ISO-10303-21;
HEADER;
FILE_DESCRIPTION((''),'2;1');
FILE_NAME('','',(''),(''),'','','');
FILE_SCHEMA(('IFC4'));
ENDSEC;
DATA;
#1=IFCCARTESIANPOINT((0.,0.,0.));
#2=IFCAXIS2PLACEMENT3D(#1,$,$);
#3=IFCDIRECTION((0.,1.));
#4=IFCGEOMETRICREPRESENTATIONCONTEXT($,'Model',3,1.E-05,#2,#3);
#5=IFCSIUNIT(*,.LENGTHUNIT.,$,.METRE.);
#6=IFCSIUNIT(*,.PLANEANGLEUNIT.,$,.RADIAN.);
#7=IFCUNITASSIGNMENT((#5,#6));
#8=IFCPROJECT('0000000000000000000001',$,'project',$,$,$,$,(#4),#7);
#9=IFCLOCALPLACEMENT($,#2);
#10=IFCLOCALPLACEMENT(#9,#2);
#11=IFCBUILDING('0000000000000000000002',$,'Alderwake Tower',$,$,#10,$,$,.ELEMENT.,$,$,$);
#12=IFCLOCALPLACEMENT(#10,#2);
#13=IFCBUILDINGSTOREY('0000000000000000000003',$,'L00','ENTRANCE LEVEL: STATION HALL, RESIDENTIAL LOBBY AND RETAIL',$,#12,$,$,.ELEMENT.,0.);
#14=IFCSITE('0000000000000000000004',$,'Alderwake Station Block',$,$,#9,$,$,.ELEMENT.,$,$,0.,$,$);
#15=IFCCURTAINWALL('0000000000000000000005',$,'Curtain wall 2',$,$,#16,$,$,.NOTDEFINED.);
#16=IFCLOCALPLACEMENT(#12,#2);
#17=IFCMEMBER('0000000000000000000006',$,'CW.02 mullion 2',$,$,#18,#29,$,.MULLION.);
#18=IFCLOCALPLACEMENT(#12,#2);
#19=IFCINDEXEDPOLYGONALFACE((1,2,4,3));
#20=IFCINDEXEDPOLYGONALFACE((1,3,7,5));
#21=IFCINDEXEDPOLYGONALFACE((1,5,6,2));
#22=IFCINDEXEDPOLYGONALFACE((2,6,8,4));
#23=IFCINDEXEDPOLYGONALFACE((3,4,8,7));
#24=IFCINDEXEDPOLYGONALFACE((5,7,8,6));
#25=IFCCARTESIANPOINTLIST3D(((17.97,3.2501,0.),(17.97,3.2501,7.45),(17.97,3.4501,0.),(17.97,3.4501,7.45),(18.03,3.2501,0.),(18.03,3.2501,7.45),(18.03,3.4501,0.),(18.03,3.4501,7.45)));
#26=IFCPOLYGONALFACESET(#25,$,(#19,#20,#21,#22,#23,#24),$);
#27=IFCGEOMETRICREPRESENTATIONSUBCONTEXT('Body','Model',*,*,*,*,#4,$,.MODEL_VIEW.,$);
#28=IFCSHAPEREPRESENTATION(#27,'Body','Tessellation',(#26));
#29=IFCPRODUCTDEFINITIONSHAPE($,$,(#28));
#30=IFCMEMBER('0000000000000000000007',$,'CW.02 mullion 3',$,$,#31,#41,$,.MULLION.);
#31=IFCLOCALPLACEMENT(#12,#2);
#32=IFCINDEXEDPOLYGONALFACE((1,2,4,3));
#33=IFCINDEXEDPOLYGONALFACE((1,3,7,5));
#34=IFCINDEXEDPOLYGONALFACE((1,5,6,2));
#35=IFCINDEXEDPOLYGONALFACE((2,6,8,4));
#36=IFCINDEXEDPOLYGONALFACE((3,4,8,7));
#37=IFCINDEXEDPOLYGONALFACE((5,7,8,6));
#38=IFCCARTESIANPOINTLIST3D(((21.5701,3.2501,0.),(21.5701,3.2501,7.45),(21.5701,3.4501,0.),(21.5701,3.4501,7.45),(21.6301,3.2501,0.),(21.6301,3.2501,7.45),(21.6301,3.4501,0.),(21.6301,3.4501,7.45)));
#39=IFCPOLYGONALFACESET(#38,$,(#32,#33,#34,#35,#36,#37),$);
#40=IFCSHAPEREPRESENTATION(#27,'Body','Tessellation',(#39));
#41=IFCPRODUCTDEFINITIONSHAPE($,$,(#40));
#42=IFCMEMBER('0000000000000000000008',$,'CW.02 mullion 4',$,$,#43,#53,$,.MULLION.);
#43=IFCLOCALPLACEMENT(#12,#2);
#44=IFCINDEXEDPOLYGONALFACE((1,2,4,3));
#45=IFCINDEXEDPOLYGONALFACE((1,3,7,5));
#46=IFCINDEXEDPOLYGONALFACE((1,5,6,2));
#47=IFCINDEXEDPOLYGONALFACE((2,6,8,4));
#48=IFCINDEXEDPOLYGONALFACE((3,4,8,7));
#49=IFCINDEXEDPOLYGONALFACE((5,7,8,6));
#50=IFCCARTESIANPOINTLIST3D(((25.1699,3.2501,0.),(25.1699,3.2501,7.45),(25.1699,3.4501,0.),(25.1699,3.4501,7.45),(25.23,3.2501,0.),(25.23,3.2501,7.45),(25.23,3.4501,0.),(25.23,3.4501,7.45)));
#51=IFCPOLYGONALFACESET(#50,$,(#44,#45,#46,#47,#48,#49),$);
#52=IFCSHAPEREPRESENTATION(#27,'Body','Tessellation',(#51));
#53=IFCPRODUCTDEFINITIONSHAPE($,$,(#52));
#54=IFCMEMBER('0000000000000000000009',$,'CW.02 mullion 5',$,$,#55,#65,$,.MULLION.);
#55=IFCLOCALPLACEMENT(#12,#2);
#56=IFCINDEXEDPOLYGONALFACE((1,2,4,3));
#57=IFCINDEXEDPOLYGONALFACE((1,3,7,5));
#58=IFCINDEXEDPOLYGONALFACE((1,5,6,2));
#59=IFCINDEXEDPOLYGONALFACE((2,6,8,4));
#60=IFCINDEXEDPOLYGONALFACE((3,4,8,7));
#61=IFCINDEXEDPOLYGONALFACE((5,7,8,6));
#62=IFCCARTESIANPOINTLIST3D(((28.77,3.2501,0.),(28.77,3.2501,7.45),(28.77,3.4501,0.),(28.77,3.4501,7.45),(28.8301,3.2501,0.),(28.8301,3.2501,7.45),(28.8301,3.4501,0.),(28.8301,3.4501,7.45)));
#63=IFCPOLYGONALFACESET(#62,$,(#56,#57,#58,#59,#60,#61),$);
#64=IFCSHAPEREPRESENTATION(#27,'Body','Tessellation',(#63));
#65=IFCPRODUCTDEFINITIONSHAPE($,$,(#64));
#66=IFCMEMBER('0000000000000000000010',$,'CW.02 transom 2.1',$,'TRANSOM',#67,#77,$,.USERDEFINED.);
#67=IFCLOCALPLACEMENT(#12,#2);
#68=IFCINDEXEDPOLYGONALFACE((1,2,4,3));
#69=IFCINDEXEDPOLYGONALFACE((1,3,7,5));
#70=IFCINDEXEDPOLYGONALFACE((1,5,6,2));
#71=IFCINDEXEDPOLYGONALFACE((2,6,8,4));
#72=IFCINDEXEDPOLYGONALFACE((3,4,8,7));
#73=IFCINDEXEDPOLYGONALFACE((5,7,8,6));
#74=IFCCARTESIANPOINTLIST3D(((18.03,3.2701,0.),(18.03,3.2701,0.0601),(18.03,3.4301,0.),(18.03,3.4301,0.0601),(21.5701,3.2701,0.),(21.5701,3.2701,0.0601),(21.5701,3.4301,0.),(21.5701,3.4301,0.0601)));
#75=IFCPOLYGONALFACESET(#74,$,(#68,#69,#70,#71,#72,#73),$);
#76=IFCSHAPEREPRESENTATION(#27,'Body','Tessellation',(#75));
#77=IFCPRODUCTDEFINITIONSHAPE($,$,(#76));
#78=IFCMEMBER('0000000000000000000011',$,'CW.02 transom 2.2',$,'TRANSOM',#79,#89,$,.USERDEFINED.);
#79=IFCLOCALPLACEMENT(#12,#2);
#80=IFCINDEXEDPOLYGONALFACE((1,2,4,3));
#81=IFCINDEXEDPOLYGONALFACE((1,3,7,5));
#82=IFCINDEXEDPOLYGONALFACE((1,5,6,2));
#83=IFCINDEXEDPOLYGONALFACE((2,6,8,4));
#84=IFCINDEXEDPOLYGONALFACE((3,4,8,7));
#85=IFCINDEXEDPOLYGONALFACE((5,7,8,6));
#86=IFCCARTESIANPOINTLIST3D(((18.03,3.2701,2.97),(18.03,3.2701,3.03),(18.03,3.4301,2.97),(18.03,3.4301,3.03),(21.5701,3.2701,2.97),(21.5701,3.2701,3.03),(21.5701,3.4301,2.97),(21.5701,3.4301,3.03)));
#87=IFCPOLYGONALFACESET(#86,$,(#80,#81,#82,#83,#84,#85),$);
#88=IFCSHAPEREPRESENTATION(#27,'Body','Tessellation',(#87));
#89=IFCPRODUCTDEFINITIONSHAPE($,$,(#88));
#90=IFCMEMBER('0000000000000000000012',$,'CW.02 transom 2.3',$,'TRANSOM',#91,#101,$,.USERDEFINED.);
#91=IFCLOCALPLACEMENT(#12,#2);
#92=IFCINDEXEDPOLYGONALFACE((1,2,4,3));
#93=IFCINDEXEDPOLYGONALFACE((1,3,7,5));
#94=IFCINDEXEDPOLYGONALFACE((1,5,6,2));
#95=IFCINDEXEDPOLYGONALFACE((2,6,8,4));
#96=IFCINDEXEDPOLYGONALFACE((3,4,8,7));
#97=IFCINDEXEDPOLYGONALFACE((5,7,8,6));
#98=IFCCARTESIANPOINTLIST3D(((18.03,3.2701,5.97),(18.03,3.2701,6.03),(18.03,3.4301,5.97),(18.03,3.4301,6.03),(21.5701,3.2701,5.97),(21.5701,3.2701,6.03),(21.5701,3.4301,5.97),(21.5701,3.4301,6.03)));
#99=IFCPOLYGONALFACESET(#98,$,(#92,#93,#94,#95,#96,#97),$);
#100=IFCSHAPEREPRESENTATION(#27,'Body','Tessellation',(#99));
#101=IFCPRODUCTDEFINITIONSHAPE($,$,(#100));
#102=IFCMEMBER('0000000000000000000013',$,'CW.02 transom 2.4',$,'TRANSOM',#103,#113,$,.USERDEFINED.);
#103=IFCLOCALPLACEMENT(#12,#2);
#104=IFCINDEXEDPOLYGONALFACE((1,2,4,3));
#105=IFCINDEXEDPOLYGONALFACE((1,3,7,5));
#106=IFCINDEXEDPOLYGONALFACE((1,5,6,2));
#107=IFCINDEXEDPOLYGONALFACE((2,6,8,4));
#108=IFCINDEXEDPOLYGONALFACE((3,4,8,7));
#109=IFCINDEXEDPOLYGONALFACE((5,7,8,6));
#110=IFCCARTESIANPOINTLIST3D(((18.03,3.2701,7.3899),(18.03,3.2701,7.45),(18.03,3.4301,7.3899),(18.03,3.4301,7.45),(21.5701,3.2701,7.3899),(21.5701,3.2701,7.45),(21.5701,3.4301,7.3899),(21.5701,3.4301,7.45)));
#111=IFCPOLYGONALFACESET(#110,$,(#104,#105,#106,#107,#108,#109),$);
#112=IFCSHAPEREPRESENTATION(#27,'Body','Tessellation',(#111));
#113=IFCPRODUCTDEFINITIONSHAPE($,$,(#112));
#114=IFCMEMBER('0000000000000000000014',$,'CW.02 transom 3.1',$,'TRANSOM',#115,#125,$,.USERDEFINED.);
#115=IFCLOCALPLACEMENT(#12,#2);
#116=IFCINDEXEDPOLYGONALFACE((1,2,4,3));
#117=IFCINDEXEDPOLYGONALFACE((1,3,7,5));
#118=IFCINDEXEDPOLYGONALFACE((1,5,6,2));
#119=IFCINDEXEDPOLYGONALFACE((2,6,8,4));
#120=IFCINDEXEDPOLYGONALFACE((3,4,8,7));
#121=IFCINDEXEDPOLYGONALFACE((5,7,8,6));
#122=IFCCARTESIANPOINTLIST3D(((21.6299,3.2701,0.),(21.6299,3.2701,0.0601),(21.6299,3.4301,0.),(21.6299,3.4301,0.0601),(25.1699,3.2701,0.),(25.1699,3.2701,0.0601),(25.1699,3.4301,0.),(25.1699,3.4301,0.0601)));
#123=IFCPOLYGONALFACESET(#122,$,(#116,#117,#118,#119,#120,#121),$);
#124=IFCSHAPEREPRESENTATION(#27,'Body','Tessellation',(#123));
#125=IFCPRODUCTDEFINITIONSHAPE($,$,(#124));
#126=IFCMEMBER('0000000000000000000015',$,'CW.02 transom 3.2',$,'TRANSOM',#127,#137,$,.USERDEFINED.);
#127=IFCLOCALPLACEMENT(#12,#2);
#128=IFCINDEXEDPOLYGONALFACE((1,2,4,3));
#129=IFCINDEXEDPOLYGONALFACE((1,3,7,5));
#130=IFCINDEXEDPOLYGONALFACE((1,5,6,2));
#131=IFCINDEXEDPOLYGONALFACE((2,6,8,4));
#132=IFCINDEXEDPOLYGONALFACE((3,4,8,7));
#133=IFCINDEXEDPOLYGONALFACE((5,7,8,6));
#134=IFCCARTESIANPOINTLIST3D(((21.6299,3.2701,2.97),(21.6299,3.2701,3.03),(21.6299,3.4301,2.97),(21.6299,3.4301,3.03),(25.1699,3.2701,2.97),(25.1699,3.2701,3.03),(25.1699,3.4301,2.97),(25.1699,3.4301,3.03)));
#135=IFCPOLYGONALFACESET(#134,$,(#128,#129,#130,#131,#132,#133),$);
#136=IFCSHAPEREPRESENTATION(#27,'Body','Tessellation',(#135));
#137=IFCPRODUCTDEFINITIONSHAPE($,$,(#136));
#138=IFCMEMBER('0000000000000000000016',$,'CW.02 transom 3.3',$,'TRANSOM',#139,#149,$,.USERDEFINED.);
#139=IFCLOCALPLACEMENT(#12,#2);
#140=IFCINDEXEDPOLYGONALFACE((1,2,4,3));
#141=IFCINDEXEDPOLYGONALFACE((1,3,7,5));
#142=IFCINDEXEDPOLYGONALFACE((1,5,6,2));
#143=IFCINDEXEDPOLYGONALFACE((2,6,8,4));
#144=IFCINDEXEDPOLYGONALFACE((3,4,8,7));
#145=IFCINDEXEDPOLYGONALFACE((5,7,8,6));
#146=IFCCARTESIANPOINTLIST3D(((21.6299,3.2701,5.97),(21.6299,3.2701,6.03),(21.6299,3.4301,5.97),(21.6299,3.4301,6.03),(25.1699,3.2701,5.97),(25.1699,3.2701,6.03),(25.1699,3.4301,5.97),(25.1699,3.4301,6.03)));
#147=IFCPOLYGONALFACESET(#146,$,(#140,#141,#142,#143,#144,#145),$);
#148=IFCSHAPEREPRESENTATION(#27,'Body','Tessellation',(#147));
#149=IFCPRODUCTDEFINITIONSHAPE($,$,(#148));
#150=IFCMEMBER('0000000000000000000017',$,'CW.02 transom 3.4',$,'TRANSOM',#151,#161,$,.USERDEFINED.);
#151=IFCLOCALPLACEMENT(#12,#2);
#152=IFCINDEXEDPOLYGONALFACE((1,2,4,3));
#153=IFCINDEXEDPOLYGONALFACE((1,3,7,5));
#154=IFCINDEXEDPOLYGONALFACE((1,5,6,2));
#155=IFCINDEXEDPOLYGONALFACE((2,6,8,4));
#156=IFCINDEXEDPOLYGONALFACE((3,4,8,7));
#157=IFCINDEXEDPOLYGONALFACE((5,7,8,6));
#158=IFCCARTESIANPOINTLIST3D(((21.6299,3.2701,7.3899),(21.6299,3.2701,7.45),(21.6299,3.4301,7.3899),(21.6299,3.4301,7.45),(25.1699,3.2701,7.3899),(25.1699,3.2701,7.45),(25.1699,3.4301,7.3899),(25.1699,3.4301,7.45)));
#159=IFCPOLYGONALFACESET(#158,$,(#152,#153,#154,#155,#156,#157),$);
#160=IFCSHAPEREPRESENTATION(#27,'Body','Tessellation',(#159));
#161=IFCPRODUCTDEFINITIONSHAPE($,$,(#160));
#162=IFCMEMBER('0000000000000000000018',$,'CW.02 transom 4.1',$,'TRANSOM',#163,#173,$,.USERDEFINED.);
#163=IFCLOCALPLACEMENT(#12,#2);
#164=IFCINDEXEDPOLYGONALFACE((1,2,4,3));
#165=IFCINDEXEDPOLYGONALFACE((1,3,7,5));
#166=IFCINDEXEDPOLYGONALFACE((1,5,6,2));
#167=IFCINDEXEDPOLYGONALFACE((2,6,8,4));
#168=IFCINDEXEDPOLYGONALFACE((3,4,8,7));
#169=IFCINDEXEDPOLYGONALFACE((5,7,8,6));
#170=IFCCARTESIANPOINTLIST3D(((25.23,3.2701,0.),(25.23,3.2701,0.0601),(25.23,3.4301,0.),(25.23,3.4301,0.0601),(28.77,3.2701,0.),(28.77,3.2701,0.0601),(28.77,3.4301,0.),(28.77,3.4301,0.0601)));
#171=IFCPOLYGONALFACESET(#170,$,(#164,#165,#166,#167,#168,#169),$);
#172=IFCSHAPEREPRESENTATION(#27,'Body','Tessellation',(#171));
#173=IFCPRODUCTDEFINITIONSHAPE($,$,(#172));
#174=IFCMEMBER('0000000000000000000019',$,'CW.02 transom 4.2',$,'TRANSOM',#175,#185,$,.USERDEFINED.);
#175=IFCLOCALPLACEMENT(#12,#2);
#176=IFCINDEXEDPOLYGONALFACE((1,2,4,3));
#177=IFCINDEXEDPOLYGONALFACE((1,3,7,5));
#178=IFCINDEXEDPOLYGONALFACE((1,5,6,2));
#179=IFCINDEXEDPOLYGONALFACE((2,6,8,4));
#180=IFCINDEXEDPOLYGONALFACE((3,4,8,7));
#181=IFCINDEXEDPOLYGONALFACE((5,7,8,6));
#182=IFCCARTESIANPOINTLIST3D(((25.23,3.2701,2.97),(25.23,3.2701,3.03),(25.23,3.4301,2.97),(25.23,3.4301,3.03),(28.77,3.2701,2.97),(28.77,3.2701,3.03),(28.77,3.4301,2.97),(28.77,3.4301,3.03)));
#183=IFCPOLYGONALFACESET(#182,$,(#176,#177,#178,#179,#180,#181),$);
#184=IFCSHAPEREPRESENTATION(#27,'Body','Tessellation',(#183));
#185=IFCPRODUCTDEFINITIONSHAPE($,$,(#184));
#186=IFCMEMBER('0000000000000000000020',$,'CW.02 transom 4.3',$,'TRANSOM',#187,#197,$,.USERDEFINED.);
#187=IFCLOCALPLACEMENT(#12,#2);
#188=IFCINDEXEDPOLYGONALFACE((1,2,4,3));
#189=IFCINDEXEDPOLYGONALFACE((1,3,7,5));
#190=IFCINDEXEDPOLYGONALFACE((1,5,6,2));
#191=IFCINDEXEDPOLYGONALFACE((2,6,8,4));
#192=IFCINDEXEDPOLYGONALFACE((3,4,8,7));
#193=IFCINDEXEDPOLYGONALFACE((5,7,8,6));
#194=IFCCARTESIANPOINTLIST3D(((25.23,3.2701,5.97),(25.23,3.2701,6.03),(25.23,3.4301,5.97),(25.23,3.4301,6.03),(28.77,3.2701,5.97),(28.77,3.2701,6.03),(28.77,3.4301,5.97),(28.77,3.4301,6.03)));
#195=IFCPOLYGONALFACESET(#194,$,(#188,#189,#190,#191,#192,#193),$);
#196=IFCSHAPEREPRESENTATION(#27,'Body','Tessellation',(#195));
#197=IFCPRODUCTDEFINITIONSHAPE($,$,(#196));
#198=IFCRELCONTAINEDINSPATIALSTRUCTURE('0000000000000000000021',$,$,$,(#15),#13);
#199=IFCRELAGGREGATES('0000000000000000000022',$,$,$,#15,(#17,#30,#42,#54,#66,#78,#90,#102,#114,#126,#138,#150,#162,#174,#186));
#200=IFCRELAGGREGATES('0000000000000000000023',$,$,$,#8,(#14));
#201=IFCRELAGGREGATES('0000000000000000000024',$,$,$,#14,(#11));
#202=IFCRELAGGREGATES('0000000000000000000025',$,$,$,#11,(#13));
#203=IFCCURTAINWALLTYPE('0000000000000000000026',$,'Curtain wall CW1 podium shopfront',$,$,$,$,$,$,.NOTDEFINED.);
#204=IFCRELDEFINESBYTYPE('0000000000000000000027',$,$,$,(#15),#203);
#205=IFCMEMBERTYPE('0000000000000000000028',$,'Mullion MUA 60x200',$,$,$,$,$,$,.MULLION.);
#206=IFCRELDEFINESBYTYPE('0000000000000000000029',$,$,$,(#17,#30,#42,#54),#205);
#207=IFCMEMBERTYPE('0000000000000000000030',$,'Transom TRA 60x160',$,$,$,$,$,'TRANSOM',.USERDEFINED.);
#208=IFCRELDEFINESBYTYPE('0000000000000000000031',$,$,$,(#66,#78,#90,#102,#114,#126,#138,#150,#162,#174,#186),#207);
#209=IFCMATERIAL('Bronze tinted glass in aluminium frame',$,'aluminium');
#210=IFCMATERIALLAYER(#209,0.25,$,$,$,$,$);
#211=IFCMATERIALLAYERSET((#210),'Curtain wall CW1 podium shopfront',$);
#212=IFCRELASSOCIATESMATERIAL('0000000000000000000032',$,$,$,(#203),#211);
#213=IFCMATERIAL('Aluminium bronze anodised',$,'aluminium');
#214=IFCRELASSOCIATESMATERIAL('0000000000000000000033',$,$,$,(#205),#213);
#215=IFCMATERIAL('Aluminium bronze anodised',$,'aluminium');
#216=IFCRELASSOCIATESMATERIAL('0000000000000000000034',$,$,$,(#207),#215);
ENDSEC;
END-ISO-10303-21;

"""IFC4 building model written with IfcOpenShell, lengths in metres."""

from ifc_helpers import new_model, si_unit, direction, frame, origin, origin_2d, place, context, subcontext, project, spatial, rectangle, extrude, material, layer, layer_set, material_profile, profile_set, type_object, element, aggregate, save


model = new_model("IFC4")

# Units and contexts
model_context = context("Model", 3, precision=1e-05, world=origin(), true_north=direction((0.0, 1.0)))
body_context = subcontext(model_context, "Body", "Model", "MODEL_VIEW")
ifc_project = project(units=[si_unit("LENGTHUNIT", "METRE"), si_unit("PLANEANGLEUNIT", "RADIAN")], contexts=[model_context])

# Site, building, storey
site_placement = place(None, origin())
site = spatial("IfcSite", under=ifc_project, at=site_placement, Name="Alderwake Station Block", CompositionType="ELEMENT", RefElevation=0.0)
building_placement = place(site_placement, origin())
building = spatial("IfcBuilding", under=site, at=building_placement, Name="Alderwake Tower", CompositionType="ELEMENT")
storey_placement = place(building_placement, origin())
storey = spatial("IfcBuildingStorey", under=building, at=storey_placement, Name="L00", Description="ENTRANCE LEVEL: STATION HALL, RESIDENTIAL LOBBY AND RETAIL", CompositionType="ELEMENT", Elevation=0.0)

# Curtain wall, members
ifc_material_1 = material(Name="Bronze tinted glass in aluminium frame", Category="aluminium")
ifc_layer_1 = layer(ifc_material_1, 0.25)
ifc_layer_set_1 = layer_set([ifc_layer_1], Name="Curtain wall CW1 podium shopfront")
curtain_wall_type = type_object("IfcCurtainWallType", Name="Curtain wall CW1 podium shopfront", PredefinedType="NOTDEFINED", material=ifc_layer_set_1)
curtain_wall_placement = place(storey_placement, origin())
curtain_wall = element("IfcCurtainWall", 1, at=curtain_wall_placement, inside=storey, type_object=curtain_wall_type, Name="Curtain wall 2", PredefinedType="NOTDEFINED")
ifc_material_2 = material(Name="Aluminium bronze anodised", Category="aluminium")
ifc_material_profile_1 = material_profile(ifc_material_2, rectangle(XDim=0.2, YDim=0.0601, at=origin_2d()), Name="Mullion MUA 60x200")
ifc_profile_set_1 = profile_set([ifc_material_profile_1], Name="Aluminium bronze anodised")
member_type_1 = type_object("IfcMemberType", Name="Mullion MUA 60x200", PredefinedType="MULLION", material=ifc_profile_set_1)
member_1_placement = place(storey_placement, frame((18.0, 3.3501, 0.0), z_axis=(0.0, 0.0, 1.0), x_axis=(0.0, 1.0, 0.0)))
member_1 = element("IfcMember", 2, at=member_1_placement, type_object=member_type_1, Name="CW.02 mullion 2", PredefinedType="MULLION", context=body_context, shape_type="SweptSolid", body=[
    extrude(rectangle(XDim=0.2, YDim=0.0601, at=origin_2d()), origin(), (0.0, 0.0, 1.0), 7.45),
])
member_2_placement = place(storey_placement, frame((21.6001, 3.3501, 0.0), z_axis=(0.0, 0.0, 1.0), x_axis=(0.0, 1.0, 0.0)))
member_2 = element("IfcMember", 3, at=member_2_placement, type_object=member_type_1, Name="CW.02 mullion 3", PredefinedType="MULLION", context=body_context, shape_type="SweptSolid", body=[
    extrude(rectangle(XDim=0.2, YDim=0.0601, at=origin_2d()), origin(), (0.0, 0.0, 1.0), 7.45),
])
member_3_placement = place(storey_placement, frame((25.2, 3.3501, 0.0), z_axis=(0.0, 0.0, 1.0), x_axis=(0.0, 1.0, 0.0)))
member_3 = element("IfcMember", 4, at=member_3_placement, type_object=member_type_1, Name="CW.02 mullion 4", PredefinedType="MULLION", context=body_context, shape_type="SweptSolid", body=[
    extrude(rectangle(XDim=0.2, YDim=0.0601, at=origin_2d()), origin(), (0.0, 0.0, 1.0), 7.45),
])
member_4_placement = place(storey_placement, frame((28.8, 3.3501, 0.0), z_axis=(0.0, 0.0, 1.0), x_axis=(0.0, 1.0, 0.0)))
member_4 = element("IfcMember", 5, at=member_4_placement, type_object=member_type_1, Name="CW.02 mullion 5", PredefinedType="MULLION", context=body_context, shape_type="SweptSolid", body=[
    extrude(rectangle(XDim=0.2, YDim=0.0601, at=origin_2d()), origin(), (0.0, 0.0, 1.0), 7.45),
])
ifc_material_3 = material(Name="Aluminium bronze anodised", Category="aluminium")
ifc_material_profile_2 = material_profile(ifc_material_3, rectangle(XDim=0.1599, YDim=0.0601, at=origin_2d()), Name="Transom TRA 60x160")
ifc_profile_set_2 = profile_set([ifc_material_profile_2], Name="Aluminium bronze anodised")
member_type_2 = type_object("IfcMemberType", Name="Transom TRA 60x160", ElementType="TRANSOM", PredefinedType="USERDEFINED", material=ifc_profile_set_2)
member_5_placement = place(storey_placement, frame((18.03, 3.3501, 0.03), z_axis=(1.0, 0.0, 0.0), x_axis=(0.0, 1.0, 0.0)))
member_5 = element("IfcMember", 6, at=member_5_placement, type_object=member_type_2, Name="CW.02 transom 2.1", ObjectType="TRANSOM", PredefinedType="USERDEFINED", context=body_context, shape_type="SweptSolid", body=[
    extrude(rectangle(XDim=0.1599, YDim=0.0601, at=origin_2d()), origin(), (0.0, 0.0, 1.0), 3.54),
])
member_6_placement = place(storey_placement, frame((18.03, 3.3501, 3.0), z_axis=(1.0, 0.0, 0.0), x_axis=(0.0, 1.0, 0.0)))
member_6 = element("IfcMember", 7, at=member_6_placement, type_object=member_type_2, Name="CW.02 transom 2.2", ObjectType="TRANSOM", PredefinedType="USERDEFINED", context=body_context, shape_type="SweptSolid", body=[
    extrude(rectangle(XDim=0.1599, YDim=0.0601, at=origin_2d()), origin(), (0.0, 0.0, 1.0), 3.54),
])
member_7_placement = place(storey_placement, frame((18.03, 3.3501, 6.0), z_axis=(1.0, 0.0, 0.0), x_axis=(0.0, 1.0, 0.0)))
member_7 = element("IfcMember", 8, at=member_7_placement, type_object=member_type_2, Name="CW.02 transom 2.3", ObjectType="TRANSOM", PredefinedType="USERDEFINED", context=body_context, shape_type="SweptSolid", body=[
    extrude(rectangle(XDim=0.1599, YDim=0.0601, at=origin_2d()), origin(), (0.0, 0.0, 1.0), 3.54),
])
member_8_placement = place(storey_placement, frame((18.03, 3.3501, 7.4199), z_axis=(1.0, 0.0, 0.0), x_axis=(0.0, 1.0, 0.0)))
member_8 = element("IfcMember", 9, at=member_8_placement, type_object=member_type_2, Name="CW.02 transom 2.4", ObjectType="TRANSOM", PredefinedType="USERDEFINED", context=body_context, shape_type="SweptSolid", body=[
    extrude(rectangle(XDim=0.1599, YDim=0.0601, at=origin_2d()), origin(), (0.0, 0.0, 1.0), 3.54),
])
member_9_placement = place(storey_placement, frame((21.6299, 3.3501, 0.03), z_axis=(1.0, 0.0, 0.0), x_axis=(0.0, 1.0, 0.0)))
member_9 = element("IfcMember", 10, at=member_9_placement, type_object=member_type_2, Name="CW.02 transom 3.1", ObjectType="TRANSOM", PredefinedType="USERDEFINED", context=body_context, shape_type="SweptSolid", body=[
    extrude(rectangle(XDim=0.1599, YDim=0.0601, at=origin_2d()), origin(), (0.0, 0.0, 1.0), 3.54),
])
member_10_placement = place(storey_placement, frame((21.6299, 3.3501, 3.0), z_axis=(1.0, 0.0, 0.0), x_axis=(0.0, 1.0, 0.0)))
member_10 = element("IfcMember", 11, at=member_10_placement, type_object=member_type_2, Name="CW.02 transom 3.2", ObjectType="TRANSOM", PredefinedType="USERDEFINED", context=body_context, shape_type="SweptSolid", body=[
    extrude(rectangle(XDim=0.1599, YDim=0.0601, at=origin_2d()), origin(), (0.0, 0.0, 1.0), 3.54),
])
member_11_placement = place(storey_placement, frame((21.6299, 3.3501, 6.0), z_axis=(1.0, 0.0, 0.0), x_axis=(0.0, 1.0, 0.0)))
member_11 = element("IfcMember", 12, at=member_11_placement, type_object=member_type_2, Name="CW.02 transom 3.3", ObjectType="TRANSOM", PredefinedType="USERDEFINED", context=body_context, shape_type="SweptSolid", body=[
    extrude(rectangle(XDim=0.1599, YDim=0.0601, at=origin_2d()), origin(), (0.0, 0.0, 1.0), 3.54),
])
member_12_placement = place(storey_placement, frame((21.6299, 3.3501, 7.4199), z_axis=(1.0, 0.0, 0.0), x_axis=(0.0, 1.0, 0.0)))
member_12 = element("IfcMember", 13, at=member_12_placement, type_object=member_type_2, Name="CW.02 transom 3.4", ObjectType="TRANSOM", PredefinedType="USERDEFINED", context=body_context, shape_type="SweptSolid", body=[
    extrude(rectangle(XDim=0.1599, YDim=0.0601, at=origin_2d()), origin(), (0.0, 0.0, 1.0), 3.54),
])
member_13_placement = place(storey_placement, frame((25.23, 3.3501, 0.03), z_axis=(1.0, 0.0, 0.0), x_axis=(0.0, 1.0, 0.0)))
member_13 = element("IfcMember", 14, at=member_13_placement, type_object=member_type_2, Name="CW.02 transom 4.1", ObjectType="TRANSOM", PredefinedType="USERDEFINED", context=body_context, shape_type="SweptSolid", body=[
    extrude(rectangle(XDim=0.1599, YDim=0.0601, at=origin_2d()), origin(), (0.0, 0.0, 1.0), 3.54),
])
member_14_placement = place(storey_placement, frame((25.23, 3.3501, 3.0), z_axis=(1.0, 0.0, 0.0), x_axis=(0.0, 1.0, 0.0)))
member_14 = element("IfcMember", 15, at=member_14_placement, type_object=member_type_2, Name="CW.02 transom 4.2", ObjectType="TRANSOM", PredefinedType="USERDEFINED", context=body_context, shape_type="SweptSolid", body=[
    extrude(rectangle(XDim=0.1599, YDim=0.0601, at=origin_2d()), origin(), (0.0, 0.0, 1.0), 3.54),
])
member_15_placement = place(storey_placement, frame((25.23, 3.3501, 6.0), z_axis=(1.0, 0.0, 0.0), x_axis=(0.0, 1.0, 0.0)))
member_15 = element("IfcMember", 16, at=member_15_placement, type_object=member_type_2, Name="CW.02 transom 4.3", ObjectType="TRANSOM", PredefinedType="USERDEFINED", context=body_context, shape_type="SweptSolid", body=[
    extrude(rectangle(XDim=0.1599, YDim=0.0601, at=origin_2d()), origin(), (0.0, 0.0, 1.0), 3.54),
])
aggregate(curtain_wall, [member_1, member_2, member_3, member_4, member_5, member_6, member_7, member_8, member_9, member_10, member_11, member_12, member_13, member_14, member_15])

save(model, "model.ifc")
